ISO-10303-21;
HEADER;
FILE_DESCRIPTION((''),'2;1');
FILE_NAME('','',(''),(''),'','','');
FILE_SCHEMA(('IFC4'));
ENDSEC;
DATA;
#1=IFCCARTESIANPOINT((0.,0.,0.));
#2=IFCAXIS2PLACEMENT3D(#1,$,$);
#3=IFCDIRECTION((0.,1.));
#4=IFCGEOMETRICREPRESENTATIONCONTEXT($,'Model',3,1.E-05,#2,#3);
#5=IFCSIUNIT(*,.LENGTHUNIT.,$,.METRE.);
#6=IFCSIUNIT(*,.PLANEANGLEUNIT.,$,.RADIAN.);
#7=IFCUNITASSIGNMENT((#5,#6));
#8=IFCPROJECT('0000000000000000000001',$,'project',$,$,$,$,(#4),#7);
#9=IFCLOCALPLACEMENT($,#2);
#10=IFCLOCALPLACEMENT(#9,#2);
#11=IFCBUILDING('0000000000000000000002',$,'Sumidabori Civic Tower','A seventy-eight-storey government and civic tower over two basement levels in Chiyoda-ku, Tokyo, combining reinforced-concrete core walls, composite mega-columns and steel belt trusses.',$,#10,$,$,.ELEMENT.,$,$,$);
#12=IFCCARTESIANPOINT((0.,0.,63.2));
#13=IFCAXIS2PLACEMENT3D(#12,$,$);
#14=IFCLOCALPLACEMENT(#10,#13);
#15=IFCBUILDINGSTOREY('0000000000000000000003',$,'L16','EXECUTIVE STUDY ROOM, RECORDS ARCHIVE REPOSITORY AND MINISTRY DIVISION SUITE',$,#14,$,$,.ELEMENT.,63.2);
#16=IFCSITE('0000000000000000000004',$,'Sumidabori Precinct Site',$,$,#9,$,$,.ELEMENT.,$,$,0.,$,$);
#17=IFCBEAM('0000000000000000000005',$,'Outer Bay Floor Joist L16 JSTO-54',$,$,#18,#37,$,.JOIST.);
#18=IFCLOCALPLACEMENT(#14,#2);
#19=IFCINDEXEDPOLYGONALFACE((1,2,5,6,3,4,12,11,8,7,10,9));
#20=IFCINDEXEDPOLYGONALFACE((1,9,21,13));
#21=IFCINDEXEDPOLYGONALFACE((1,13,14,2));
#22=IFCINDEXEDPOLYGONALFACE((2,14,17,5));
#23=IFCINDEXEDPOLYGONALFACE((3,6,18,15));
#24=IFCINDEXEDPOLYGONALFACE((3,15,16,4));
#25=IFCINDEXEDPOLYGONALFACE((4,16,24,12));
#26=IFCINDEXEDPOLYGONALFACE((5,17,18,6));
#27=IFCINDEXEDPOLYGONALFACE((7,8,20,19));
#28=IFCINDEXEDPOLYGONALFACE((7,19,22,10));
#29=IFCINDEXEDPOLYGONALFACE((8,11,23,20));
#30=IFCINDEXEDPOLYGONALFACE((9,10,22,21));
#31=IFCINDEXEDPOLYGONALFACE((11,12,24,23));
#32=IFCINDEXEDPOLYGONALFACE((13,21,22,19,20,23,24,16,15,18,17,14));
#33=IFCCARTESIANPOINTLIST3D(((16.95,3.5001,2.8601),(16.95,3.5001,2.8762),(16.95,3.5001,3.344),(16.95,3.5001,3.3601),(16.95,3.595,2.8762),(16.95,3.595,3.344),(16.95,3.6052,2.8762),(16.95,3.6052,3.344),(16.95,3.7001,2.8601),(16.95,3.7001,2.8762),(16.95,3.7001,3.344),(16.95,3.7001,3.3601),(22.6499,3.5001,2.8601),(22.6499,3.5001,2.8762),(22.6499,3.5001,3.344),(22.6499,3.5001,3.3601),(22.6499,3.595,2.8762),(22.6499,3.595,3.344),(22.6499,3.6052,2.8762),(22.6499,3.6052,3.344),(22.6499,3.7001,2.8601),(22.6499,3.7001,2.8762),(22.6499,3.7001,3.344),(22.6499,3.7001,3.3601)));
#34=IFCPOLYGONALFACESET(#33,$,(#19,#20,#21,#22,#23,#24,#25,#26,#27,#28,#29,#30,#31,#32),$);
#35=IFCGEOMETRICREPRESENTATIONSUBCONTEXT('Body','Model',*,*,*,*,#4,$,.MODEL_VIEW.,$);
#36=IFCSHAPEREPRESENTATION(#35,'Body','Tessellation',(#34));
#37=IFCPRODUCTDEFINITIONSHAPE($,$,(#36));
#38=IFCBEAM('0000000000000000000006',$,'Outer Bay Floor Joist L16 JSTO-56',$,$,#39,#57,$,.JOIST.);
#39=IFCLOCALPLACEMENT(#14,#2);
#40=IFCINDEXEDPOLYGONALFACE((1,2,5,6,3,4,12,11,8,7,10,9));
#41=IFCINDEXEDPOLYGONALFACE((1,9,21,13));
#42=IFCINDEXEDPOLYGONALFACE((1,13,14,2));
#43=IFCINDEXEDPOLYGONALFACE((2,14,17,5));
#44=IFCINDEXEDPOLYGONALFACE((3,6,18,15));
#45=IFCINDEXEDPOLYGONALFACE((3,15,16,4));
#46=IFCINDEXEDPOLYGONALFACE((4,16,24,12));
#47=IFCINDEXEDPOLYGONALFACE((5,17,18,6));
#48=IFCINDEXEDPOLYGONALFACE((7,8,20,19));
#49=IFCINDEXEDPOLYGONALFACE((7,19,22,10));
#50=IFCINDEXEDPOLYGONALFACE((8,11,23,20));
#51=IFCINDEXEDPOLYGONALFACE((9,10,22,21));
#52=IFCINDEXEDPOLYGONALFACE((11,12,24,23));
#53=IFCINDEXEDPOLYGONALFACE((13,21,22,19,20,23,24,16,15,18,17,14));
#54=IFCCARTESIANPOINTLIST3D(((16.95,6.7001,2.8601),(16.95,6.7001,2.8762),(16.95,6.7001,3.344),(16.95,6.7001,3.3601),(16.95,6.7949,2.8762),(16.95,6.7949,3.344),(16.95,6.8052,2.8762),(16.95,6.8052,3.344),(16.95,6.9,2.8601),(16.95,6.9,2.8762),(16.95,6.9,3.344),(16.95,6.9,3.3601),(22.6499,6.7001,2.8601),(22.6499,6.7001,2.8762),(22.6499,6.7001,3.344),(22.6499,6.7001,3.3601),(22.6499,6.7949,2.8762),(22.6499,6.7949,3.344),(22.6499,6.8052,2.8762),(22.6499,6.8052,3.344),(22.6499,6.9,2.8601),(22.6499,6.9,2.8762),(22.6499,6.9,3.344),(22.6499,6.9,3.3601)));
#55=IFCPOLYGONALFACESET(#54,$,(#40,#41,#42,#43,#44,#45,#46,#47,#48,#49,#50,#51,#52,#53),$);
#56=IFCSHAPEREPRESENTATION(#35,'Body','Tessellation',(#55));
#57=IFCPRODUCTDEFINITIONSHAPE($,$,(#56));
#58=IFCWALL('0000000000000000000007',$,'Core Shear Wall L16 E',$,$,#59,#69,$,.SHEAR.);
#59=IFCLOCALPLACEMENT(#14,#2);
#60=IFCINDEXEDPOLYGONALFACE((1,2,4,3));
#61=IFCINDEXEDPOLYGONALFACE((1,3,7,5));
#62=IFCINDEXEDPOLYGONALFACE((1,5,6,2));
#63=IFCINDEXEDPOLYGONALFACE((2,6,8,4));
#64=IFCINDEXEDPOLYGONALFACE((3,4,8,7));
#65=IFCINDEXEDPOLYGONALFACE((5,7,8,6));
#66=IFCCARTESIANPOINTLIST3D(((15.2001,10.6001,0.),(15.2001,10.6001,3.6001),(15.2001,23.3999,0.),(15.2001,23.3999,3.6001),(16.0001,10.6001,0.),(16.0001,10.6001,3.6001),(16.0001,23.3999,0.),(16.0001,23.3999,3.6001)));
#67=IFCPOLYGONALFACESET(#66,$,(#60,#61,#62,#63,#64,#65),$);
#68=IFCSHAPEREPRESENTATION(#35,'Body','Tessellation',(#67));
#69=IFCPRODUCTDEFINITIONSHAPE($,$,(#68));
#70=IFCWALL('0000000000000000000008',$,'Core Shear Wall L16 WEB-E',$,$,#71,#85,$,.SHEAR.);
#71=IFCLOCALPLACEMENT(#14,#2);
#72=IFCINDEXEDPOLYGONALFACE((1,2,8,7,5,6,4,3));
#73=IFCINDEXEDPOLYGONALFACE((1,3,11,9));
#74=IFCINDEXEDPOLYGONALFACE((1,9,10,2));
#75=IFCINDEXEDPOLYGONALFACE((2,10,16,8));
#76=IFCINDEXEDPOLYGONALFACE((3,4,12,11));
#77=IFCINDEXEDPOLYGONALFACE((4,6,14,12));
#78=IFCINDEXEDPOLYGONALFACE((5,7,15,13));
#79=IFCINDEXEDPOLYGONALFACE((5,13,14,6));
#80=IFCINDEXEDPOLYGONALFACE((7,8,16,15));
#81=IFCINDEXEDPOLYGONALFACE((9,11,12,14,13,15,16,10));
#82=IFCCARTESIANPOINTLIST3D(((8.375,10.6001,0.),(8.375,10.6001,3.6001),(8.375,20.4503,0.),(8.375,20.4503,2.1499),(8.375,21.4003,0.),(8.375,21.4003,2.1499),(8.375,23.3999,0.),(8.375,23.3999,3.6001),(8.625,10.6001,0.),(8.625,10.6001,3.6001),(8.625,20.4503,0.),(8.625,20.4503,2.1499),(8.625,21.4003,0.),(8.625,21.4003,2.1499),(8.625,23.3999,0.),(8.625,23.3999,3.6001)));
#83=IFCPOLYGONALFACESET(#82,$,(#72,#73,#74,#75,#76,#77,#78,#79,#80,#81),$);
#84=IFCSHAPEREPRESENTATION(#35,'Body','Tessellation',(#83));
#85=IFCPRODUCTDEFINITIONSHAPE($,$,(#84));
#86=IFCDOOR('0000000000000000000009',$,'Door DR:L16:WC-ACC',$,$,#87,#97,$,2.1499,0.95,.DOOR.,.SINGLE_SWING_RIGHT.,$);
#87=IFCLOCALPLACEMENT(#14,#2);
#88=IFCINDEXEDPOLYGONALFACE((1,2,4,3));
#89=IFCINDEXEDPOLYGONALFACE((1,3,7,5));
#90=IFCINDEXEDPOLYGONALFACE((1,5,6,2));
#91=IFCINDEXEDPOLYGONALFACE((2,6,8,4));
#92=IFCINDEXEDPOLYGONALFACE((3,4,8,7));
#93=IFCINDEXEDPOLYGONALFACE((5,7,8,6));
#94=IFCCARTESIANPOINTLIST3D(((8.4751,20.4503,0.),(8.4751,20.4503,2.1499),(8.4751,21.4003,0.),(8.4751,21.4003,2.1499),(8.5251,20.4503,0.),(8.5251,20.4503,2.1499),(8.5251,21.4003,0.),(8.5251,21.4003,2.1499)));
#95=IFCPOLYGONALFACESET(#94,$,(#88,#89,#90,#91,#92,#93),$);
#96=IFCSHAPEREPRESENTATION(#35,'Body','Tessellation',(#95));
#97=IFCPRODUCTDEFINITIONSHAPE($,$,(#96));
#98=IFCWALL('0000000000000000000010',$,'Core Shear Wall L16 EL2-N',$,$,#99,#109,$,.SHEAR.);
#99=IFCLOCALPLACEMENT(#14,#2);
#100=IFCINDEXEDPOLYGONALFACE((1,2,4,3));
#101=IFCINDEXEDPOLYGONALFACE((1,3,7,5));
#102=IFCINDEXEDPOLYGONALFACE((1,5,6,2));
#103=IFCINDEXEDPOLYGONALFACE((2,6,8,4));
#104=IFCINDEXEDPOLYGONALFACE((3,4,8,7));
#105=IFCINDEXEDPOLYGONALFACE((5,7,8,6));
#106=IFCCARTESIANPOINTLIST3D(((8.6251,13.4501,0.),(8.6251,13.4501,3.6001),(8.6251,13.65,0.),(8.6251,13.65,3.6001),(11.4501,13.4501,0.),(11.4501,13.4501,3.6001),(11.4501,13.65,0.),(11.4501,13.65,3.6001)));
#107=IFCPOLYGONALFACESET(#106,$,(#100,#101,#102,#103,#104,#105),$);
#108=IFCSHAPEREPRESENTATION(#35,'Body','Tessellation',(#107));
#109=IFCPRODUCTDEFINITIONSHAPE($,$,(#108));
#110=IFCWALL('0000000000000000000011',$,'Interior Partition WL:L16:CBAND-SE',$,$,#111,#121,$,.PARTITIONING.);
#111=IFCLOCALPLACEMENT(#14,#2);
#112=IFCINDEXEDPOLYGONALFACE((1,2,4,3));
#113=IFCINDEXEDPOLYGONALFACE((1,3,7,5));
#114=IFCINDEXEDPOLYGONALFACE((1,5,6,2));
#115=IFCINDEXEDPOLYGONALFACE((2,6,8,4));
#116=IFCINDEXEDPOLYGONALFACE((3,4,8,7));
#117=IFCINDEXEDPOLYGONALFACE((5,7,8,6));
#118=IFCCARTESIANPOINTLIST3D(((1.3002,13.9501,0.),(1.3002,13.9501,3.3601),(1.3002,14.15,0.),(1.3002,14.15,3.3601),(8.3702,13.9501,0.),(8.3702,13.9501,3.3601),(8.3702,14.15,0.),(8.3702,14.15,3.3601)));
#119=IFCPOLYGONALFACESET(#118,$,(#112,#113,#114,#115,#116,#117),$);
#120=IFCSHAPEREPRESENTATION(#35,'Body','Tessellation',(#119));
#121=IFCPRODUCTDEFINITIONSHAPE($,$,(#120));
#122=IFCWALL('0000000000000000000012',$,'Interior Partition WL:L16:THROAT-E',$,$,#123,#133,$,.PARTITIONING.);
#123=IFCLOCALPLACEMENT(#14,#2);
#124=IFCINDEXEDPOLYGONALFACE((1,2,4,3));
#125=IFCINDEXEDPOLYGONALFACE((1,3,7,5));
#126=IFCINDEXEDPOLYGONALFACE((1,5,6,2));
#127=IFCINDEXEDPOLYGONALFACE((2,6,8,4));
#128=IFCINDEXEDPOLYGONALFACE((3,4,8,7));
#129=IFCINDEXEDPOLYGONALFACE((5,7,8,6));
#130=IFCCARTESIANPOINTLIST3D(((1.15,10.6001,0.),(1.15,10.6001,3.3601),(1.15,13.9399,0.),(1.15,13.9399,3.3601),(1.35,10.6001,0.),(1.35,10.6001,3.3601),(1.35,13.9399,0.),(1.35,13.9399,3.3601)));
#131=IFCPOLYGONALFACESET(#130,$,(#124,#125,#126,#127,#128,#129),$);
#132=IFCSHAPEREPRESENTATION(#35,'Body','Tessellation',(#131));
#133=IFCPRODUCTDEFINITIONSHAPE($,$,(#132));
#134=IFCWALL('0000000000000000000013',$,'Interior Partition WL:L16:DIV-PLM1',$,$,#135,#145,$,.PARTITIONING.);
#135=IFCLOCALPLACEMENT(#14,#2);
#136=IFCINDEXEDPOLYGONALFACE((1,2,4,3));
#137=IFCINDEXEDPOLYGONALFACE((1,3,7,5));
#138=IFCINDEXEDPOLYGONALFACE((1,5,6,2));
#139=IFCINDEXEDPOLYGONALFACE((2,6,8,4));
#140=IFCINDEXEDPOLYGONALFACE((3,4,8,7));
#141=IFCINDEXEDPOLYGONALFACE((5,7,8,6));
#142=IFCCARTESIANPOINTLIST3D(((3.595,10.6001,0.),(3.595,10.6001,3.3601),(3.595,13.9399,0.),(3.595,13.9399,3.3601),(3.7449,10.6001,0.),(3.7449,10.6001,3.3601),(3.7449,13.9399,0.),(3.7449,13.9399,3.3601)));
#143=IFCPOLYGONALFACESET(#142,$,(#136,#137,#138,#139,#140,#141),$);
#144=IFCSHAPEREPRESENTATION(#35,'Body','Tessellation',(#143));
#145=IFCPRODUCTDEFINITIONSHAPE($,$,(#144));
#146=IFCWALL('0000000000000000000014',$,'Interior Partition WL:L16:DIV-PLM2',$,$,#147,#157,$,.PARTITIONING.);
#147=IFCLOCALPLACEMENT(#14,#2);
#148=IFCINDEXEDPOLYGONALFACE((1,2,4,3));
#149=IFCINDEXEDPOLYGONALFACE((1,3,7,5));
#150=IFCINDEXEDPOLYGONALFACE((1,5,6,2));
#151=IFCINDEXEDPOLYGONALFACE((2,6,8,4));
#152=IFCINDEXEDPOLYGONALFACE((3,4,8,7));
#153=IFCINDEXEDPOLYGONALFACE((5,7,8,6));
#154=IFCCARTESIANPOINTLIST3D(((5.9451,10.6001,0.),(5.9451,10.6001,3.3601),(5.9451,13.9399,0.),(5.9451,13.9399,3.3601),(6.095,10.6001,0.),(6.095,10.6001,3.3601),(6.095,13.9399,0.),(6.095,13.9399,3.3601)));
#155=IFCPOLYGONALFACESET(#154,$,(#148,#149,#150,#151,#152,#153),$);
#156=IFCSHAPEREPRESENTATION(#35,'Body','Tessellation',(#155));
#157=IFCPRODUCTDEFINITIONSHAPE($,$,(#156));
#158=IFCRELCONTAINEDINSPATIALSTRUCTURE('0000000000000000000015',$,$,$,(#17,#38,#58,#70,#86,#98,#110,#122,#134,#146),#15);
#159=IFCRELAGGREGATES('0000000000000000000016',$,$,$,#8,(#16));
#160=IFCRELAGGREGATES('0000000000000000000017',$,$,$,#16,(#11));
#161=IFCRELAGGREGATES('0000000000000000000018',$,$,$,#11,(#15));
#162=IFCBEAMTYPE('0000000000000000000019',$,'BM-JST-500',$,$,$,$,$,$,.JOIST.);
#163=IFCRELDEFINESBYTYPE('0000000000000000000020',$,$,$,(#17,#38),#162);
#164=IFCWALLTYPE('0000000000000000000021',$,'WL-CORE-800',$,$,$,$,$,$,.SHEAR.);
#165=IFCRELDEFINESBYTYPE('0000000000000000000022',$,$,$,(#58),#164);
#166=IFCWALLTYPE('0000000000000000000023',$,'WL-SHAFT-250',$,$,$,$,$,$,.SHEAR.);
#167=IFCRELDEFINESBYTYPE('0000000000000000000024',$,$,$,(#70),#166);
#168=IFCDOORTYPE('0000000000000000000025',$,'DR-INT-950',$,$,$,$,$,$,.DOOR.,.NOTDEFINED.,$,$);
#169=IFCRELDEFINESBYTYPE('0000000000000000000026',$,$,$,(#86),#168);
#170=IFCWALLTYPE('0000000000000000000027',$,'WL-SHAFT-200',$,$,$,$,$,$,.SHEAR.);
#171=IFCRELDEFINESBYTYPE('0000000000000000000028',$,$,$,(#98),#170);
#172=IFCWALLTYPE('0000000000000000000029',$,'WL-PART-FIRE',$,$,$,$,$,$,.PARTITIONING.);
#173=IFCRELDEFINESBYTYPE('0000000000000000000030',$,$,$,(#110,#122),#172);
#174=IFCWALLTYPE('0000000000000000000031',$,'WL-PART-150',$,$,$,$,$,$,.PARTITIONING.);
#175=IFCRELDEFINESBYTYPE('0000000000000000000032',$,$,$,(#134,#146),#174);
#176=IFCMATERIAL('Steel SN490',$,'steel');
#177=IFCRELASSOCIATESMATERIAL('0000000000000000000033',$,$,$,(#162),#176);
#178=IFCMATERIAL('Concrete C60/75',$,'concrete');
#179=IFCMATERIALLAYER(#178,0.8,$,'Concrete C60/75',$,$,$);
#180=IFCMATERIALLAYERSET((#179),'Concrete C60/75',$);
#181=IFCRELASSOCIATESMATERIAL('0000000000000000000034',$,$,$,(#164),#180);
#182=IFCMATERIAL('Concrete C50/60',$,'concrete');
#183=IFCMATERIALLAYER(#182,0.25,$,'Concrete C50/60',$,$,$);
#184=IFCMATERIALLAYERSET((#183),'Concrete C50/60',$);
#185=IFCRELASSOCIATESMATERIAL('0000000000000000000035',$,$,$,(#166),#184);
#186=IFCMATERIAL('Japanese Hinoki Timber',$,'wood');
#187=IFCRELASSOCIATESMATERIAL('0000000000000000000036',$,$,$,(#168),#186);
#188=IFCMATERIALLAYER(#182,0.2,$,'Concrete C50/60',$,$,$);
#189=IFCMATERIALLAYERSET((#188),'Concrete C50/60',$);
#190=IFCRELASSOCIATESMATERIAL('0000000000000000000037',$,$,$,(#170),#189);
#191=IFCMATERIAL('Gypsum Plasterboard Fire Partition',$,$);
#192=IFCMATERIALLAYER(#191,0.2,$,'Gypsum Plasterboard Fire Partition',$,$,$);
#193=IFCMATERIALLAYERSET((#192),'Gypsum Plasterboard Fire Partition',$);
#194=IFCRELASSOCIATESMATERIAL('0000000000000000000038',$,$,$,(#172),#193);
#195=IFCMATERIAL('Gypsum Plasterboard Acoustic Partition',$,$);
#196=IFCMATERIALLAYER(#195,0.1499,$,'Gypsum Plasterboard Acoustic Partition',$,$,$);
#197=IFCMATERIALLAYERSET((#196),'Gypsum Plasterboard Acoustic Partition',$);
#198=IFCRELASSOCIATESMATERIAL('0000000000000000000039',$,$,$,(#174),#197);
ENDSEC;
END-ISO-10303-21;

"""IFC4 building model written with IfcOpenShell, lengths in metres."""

from ifc_helpers import new_model, si_unit, direction, frame, frame_2d, origin, origin_2d, place, context, subcontext, project, spatial, rectangle, i_section, extrude, source, transform, mapped, material, layer, layer_set, material_profile, profile_set, type_object, element, fill, save


model = new_model("IFC4")

# Units and contexts
model_context = context("Model", 3, precision=1e-05, world=origin(), true_north=direction((0.0, 1.0)))
body_context = subcontext(model_context, "Body", "Model", "MODEL_VIEW")
ifc_project = project(units=[si_unit("LENGTHUNIT", "METRE"), si_unit("PLANEANGLEUNIT", "RADIAN")], contexts=[model_context])

# Site, building, storey
site_placement = place(None, origin())
site = spatial("IfcSite", under=ifc_project, at=site_placement, Name="Sumidabori Precinct Site", CompositionType="ELEMENT", RefElevation=0.0)
building_placement = place(site_placement, origin())
building = spatial("IfcBuilding", under=site, at=building_placement, Name="Sumidabori Civic Tower", Description="A seventy-eight-storey government and civic tower over two basement levels in Chiyoda-ku, Tokyo, combining reinforced-concrete core walls, composite mega-columns and steel belt trusses.", CompositionType="ELEMENT")
storey_placement = place(building_placement, frame((0.0, 0.0, 63.2)))
storey = spatial("IfcBuildingStorey", under=building, at=storey_placement, Name="L16", Description="EXECUTIVE STUDY ROOM, RECORDS ARCHIVE REPOSITORY AND MINISTRY DIVISION SUITE", CompositionType="ELEMENT", Elevation=63.2)

# Shared definitions
ifc_material_1 = material(Name="Concrete C60/75", Category="concrete")

# Beams
ifc_material_2 = material(Name="Steel SN490", Category="steel")
ifc_material_profile_1 = material_profile(ifc_material_2, i_section(OverallWidth=0.2, OverallDepth=0.5, WebThickness=0.0103, FlangeThickness=0.0161, at=origin_2d()), Name="IPE 500")
ifc_profile_set_1 = profile_set([ifc_material_profile_1], Name="Steel SN490")
beam_type_1 = type_object("IfcBeamType", Name="BM-JST-500", PredefinedType="JOIST", material=ifc_profile_set_1)
shared_shape_1 = source(origin(), body_context, "Body", "SweptSolid", [
    extrude(i_section(OverallWidth=0.2, OverallDepth=0.5, WebThickness=0.0103, FlangeThickness=0.0161, at=origin_2d()), origin(), (0.0, 0.0, 1.0), 5.7),
])
for number, where, z_axis, x_axis, name in (
    (1, (16.95, 3.6001, 3.1101), (1.0, 0.0, 0.0), (0.0, 1.0, 0.0), "Outer Bay Floor Joist L16 JSTO-54"),
    (2, (16.95, 6.8, 3.1101), (1.0, 0.0, 0.0), (0.0, 1.0, 0.0), "Outer Bay Floor Joist L16 JSTO-56"),
):
    element("IfcBeam", number, at=place(storey_placement, frame(where, z_axis=z_axis, x_axis=x_axis)), inside=storey, type_object=beam_type_1, Name=name, PredefinedType="JOIST", context=body_context, shape_type="MappedRepresentation", body=[
        mapped(shared_shape_1, transform((0.0, 0.0, 0.0), x_axis=(1.0, 0.0, 0.0), y_axis=(0.0, 1.0, 0.0), z_axis=(0.0, 0.0, 1.0), scale=1.0)),
    ])

# Wall
ifc_layer_1 = layer(ifc_material_1, 0.8, Name="Concrete C60/75")
ifc_layer_set_1 = layer_set([ifc_layer_1], Name="Concrete C60/75")
wall_type_1 = type_object("IfcWallType", Name="WL-CORE-800", PredefinedType="SHEAR", material=ifc_layer_set_1)
shared_shape_2 = source(origin(), body_context, "Body", "SweptSolid", [
    extrude(rectangle(XDim=12.7998, YDim=0.8, at=frame_2d((6.3999, 0.0))), origin(), (0.0, 0.0, 1.0), 3.6001),
])
wall_1_placement = place(storey_placement, frame((15.6001, 10.6001, 0.0), z_axis=(0.0, 0.0, 1.0), x_axis=(0.0, 1.0, 0.0)))
element("IfcWall", 3, at=wall_1_placement, inside=storey, type_object=wall_type_1, Name="Core Shear Wall L16 E", PredefinedType="SHEAR", context=body_context, shape_type="MappedRepresentation", body=[
    mapped(shared_shape_2, transform((0.0, 0.0, 0.0), x_axis=(1.0, 0.0, 0.0), y_axis=(0.0, 1.0, 0.0), z_axis=(0.0, 0.0, 1.0), scale=1.0)),
])

# Wall, opening, door
ifc_material_3 = material(Name="Concrete C50/60", Category="concrete")
ifc_layer_2 = layer(ifc_material_3, 0.25, Name="Concrete C50/60")
ifc_layer_set_2 = layer_set([ifc_layer_2], Name="Concrete C50/60")
wall_type_2 = type_object("IfcWallType", Name="WL-SHAFT-250", PredefinedType="SHEAR", material=ifc_layer_set_2)
shared_shape_3 = source(origin(), body_context, "Body", "SweptSolid", [
    extrude(rectangle(XDim=12.7998, YDim=0.25, at=frame_2d((6.3999, 0.0))), origin(), (0.0, 0.0, 1.0), 3.6001),
])
wall_2_placement = place(storey_placement, frame((8.5, 10.6001, 0.0), z_axis=(0.0, 0.0, 1.0), x_axis=(0.0, 1.0, 0.0)))
wall_2 = element("IfcWall", 4, at=wall_2_placement, inside=storey, type_object=wall_type_2, Name="Core Shear Wall L16 WEB-E", PredefinedType="SHEAR", context=body_context, shape_type="MappedRepresentation", body=[
    mapped(shared_shape_3, transform((0.0, 0.0, 0.0), x_axis=(1.0, 0.0, 0.0), y_axis=(0.0, 1.0, 0.0), z_axis=(0.0, 0.0, 1.0), scale=1.0)),
])
opening_1_placement = place(wall_2_placement, frame((9.8501, 0.0, 0.0)))
opening_1 = element("IfcOpeningElement", 5, at=opening_1_placement, cuts=wall_2, PredefinedType="OPENING", context=body_context, shape_type="SweptSolid", body=[
    extrude(rectangle(XDim=0.95, YDim=2.1499, at=frame_2d((0.4751, 1.075))), frame((0.0, 0.137, 0.0), z_axis=(0.0, -1.0, 0.0), x_axis=(1.0, 0.0, 0.0)), (0.0, 0.0, 1.0), 0.2739),
])
ifc_material_4 = material(Name="Japanese Hinoki Timber", Category="wood")
door_type_1 = type_object("IfcDoorType", Name="DR-INT-950", OperationType="NOTDEFINED", PredefinedType="DOOR", material=ifc_material_4)
shared_shape_4 = source(origin(), body_context, "Body", "SweptSolid", [
    extrude(rectangle(XDim=0.95, YDim=2.1499, at=frame_2d((0.4751, 1.075))), frame((0.0, 0.0249, 0.0), z_axis=(0.0, -1.0, 0.0), x_axis=(1.0, 0.0, 0.0)), (0.0, 0.0, 1.0), 0.05),
])
door_1_placement = place(opening_1_placement, origin())
door_1 = element("IfcDoor", 6, at=door_1_placement, inside=storey, type_object=door_type_1, Name="Door DR:L16:WC-ACC", OperationType="SINGLE_SWING_RIGHT", OverallHeight=2.1499, OverallWidth=0.95, PredefinedType="DOOR", context=body_context, shape_type="MappedRepresentation", body=[
    mapped(shared_shape_4, transform((0.0, 0.0, 0.0), x_axis=(1.0, 0.0, 0.0), y_axis=(0.0, 1.0, 0.0), z_axis=(0.0, 0.0, 1.0), scale=1.0)),
])
fill(opening_1, door_1)
ifc_layer_3 = layer(ifc_material_3, 0.2, Name="Concrete C50/60")
ifc_layer_set_3 = layer_set([ifc_layer_3], Name="Concrete C50/60")
wall_type_3 = type_object("IfcWallType", Name="WL-SHAFT-200", PredefinedType="SHEAR", material=ifc_layer_set_3)

# Walls
shared_shape_5 = source(origin(), body_context, "Body", "SweptSolid", [
    extrude(rectangle(XDim=2.825, YDim=0.2, at=frame_2d((1.4126, 0.0))), origin(), (0.0, 0.0, 1.0), 3.6001),
])
wall_3_placement = place(storey_placement, frame((8.625, 13.55, 0.0), z_axis=(0.0, 0.0, 1.0), x_axis=(1.0, 0.0, 0.0)))
element("IfcWall", 7, at=wall_3_placement, inside=storey, type_object=wall_type_3, Name="Core Shear Wall L16 EL2-N", PredefinedType="SHEAR", context=body_context, shape_type="MappedRepresentation", body=[
    mapped(shared_shape_5, transform((0.0, 0.0, 0.0), x_axis=(1.0, 0.0, 0.0), y_axis=(0.0, 1.0, 0.0), z_axis=(0.0, 0.0, 1.0), scale=1.0)),
])
ifc_material_5 = material(Name="Gypsum Plasterboard Fire Partition")
ifc_layer_4 = layer(ifc_material_5, 0.2, Name="Gypsum Plasterboard Fire Partition")
ifc_layer_set_4 = layer_set([ifc_layer_4], Name="Gypsum Plasterboard Fire Partition")
wall_type_4 = type_object("IfcWallType", Name="WL-PART-FIRE", PredefinedType="PARTITIONING", material=ifc_layer_set_4)
shared_shape_6 = source(origin(), body_context, "Body", "SweptSolid", [
    extrude(rectangle(XDim=7.0701, YDim=0.2, at=frame_2d((3.5352, 0.0))), origin(), (0.0, 0.0, 1.0), 3.3601),
])
wall_4_placement = place(storey_placement, frame((1.3, 14.05, 0.0), z_axis=(0.0, 0.0, 1.0), x_axis=(1.0, 0.0, 0.0)))
element("IfcWall", 8, at=wall_4_placement, inside=storey, type_object=wall_type_4, Name="Interior Partition WL:L16:CBAND-SE", PredefinedType="PARTITIONING", context=body_context, shape_type="MappedRepresentation", body=[
    mapped(shared_shape_6, transform((0.0, 0.0, 0.0), x_axis=(1.0, 0.0, 0.0), y_axis=(0.0, 1.0, 0.0), z_axis=(0.0, 0.0, 1.0), scale=1.0)),
])
shared_shape_7 = source(origin(), body_context, "Body", "SweptSolid", [
    extrude(rectangle(XDim=3.3398, YDim=0.2, at=frame_2d((1.6699, 0.0))), origin(), (0.0, 0.0, 1.0), 3.3601),
])
wall_5_placement = place(storey_placement, frame((1.25, 10.6001, 0.0), z_axis=(0.0, 0.0, 1.0), x_axis=(0.0, 1.0, 0.0)))
element("IfcWall", 9, at=wall_5_placement, inside=storey, type_object=wall_type_4, Name="Interior Partition WL:L16:THROAT-E", PredefinedType="PARTITIONING", context=body_context, shape_type="MappedRepresentation", body=[
    mapped(shared_shape_7, transform((0.0, 0.0, 0.0), x_axis=(1.0, 0.0, 0.0), y_axis=(0.0, 1.0, 0.0), z_axis=(0.0, 0.0, 1.0), scale=1.0)),
])
ifc_material_6 = material(Name="Gypsum Plasterboard Acoustic Partition")
ifc_layer_5 = layer(ifc_material_6, 0.1499, Name="Gypsum Plasterboard Acoustic Partition")
ifc_layer_set_5 = layer_set([ifc_layer_5], Name="Gypsum Plasterboard Acoustic Partition")
wall_type_5 = type_object("IfcWallType", Name="WL-PART-150", PredefinedType="PARTITIONING", material=ifc_layer_set_5)
shared_shape_8 = source(origin(), body_context, "Body", "SweptSolid", [
    extrude(rectangle(XDim=3.3398, YDim=0.1499, at=frame_2d((1.6699, 0.0))), origin(), (0.0, 0.0, 1.0), 3.3601),
])
for number, where, z_axis, x_axis, name in (
    (10, (3.6699, 10.6001, 0.0), (0.0, 0.0, 1.0), (0.0, 1.0, 0.0), "Interior Partition WL:L16:DIV-PLM1"),
    (11, (6.02, 10.6001, 0.0), (0.0, 0.0, 1.0), (0.0, 1.0, 0.0), "Interior Partition WL:L16:DIV-PLM2"),
):
    element("IfcWall", number, at=place(storey_placement, frame(where, z_axis=z_axis, x_axis=x_axis)), inside=storey, type_object=wall_type_5, Name=name, PredefinedType="PARTITIONING", context=body_context, shape_type="MappedRepresentation", body=[
        mapped(shared_shape_8, transform((0.0, 0.0, 0.0), x_axis=(1.0, 0.0, 0.0), y_axis=(0.0, 1.0, 0.0), z_axis=(0.0, 0.0, 1.0), scale=1.0)),
    ])

save(model, "model.ifc")
